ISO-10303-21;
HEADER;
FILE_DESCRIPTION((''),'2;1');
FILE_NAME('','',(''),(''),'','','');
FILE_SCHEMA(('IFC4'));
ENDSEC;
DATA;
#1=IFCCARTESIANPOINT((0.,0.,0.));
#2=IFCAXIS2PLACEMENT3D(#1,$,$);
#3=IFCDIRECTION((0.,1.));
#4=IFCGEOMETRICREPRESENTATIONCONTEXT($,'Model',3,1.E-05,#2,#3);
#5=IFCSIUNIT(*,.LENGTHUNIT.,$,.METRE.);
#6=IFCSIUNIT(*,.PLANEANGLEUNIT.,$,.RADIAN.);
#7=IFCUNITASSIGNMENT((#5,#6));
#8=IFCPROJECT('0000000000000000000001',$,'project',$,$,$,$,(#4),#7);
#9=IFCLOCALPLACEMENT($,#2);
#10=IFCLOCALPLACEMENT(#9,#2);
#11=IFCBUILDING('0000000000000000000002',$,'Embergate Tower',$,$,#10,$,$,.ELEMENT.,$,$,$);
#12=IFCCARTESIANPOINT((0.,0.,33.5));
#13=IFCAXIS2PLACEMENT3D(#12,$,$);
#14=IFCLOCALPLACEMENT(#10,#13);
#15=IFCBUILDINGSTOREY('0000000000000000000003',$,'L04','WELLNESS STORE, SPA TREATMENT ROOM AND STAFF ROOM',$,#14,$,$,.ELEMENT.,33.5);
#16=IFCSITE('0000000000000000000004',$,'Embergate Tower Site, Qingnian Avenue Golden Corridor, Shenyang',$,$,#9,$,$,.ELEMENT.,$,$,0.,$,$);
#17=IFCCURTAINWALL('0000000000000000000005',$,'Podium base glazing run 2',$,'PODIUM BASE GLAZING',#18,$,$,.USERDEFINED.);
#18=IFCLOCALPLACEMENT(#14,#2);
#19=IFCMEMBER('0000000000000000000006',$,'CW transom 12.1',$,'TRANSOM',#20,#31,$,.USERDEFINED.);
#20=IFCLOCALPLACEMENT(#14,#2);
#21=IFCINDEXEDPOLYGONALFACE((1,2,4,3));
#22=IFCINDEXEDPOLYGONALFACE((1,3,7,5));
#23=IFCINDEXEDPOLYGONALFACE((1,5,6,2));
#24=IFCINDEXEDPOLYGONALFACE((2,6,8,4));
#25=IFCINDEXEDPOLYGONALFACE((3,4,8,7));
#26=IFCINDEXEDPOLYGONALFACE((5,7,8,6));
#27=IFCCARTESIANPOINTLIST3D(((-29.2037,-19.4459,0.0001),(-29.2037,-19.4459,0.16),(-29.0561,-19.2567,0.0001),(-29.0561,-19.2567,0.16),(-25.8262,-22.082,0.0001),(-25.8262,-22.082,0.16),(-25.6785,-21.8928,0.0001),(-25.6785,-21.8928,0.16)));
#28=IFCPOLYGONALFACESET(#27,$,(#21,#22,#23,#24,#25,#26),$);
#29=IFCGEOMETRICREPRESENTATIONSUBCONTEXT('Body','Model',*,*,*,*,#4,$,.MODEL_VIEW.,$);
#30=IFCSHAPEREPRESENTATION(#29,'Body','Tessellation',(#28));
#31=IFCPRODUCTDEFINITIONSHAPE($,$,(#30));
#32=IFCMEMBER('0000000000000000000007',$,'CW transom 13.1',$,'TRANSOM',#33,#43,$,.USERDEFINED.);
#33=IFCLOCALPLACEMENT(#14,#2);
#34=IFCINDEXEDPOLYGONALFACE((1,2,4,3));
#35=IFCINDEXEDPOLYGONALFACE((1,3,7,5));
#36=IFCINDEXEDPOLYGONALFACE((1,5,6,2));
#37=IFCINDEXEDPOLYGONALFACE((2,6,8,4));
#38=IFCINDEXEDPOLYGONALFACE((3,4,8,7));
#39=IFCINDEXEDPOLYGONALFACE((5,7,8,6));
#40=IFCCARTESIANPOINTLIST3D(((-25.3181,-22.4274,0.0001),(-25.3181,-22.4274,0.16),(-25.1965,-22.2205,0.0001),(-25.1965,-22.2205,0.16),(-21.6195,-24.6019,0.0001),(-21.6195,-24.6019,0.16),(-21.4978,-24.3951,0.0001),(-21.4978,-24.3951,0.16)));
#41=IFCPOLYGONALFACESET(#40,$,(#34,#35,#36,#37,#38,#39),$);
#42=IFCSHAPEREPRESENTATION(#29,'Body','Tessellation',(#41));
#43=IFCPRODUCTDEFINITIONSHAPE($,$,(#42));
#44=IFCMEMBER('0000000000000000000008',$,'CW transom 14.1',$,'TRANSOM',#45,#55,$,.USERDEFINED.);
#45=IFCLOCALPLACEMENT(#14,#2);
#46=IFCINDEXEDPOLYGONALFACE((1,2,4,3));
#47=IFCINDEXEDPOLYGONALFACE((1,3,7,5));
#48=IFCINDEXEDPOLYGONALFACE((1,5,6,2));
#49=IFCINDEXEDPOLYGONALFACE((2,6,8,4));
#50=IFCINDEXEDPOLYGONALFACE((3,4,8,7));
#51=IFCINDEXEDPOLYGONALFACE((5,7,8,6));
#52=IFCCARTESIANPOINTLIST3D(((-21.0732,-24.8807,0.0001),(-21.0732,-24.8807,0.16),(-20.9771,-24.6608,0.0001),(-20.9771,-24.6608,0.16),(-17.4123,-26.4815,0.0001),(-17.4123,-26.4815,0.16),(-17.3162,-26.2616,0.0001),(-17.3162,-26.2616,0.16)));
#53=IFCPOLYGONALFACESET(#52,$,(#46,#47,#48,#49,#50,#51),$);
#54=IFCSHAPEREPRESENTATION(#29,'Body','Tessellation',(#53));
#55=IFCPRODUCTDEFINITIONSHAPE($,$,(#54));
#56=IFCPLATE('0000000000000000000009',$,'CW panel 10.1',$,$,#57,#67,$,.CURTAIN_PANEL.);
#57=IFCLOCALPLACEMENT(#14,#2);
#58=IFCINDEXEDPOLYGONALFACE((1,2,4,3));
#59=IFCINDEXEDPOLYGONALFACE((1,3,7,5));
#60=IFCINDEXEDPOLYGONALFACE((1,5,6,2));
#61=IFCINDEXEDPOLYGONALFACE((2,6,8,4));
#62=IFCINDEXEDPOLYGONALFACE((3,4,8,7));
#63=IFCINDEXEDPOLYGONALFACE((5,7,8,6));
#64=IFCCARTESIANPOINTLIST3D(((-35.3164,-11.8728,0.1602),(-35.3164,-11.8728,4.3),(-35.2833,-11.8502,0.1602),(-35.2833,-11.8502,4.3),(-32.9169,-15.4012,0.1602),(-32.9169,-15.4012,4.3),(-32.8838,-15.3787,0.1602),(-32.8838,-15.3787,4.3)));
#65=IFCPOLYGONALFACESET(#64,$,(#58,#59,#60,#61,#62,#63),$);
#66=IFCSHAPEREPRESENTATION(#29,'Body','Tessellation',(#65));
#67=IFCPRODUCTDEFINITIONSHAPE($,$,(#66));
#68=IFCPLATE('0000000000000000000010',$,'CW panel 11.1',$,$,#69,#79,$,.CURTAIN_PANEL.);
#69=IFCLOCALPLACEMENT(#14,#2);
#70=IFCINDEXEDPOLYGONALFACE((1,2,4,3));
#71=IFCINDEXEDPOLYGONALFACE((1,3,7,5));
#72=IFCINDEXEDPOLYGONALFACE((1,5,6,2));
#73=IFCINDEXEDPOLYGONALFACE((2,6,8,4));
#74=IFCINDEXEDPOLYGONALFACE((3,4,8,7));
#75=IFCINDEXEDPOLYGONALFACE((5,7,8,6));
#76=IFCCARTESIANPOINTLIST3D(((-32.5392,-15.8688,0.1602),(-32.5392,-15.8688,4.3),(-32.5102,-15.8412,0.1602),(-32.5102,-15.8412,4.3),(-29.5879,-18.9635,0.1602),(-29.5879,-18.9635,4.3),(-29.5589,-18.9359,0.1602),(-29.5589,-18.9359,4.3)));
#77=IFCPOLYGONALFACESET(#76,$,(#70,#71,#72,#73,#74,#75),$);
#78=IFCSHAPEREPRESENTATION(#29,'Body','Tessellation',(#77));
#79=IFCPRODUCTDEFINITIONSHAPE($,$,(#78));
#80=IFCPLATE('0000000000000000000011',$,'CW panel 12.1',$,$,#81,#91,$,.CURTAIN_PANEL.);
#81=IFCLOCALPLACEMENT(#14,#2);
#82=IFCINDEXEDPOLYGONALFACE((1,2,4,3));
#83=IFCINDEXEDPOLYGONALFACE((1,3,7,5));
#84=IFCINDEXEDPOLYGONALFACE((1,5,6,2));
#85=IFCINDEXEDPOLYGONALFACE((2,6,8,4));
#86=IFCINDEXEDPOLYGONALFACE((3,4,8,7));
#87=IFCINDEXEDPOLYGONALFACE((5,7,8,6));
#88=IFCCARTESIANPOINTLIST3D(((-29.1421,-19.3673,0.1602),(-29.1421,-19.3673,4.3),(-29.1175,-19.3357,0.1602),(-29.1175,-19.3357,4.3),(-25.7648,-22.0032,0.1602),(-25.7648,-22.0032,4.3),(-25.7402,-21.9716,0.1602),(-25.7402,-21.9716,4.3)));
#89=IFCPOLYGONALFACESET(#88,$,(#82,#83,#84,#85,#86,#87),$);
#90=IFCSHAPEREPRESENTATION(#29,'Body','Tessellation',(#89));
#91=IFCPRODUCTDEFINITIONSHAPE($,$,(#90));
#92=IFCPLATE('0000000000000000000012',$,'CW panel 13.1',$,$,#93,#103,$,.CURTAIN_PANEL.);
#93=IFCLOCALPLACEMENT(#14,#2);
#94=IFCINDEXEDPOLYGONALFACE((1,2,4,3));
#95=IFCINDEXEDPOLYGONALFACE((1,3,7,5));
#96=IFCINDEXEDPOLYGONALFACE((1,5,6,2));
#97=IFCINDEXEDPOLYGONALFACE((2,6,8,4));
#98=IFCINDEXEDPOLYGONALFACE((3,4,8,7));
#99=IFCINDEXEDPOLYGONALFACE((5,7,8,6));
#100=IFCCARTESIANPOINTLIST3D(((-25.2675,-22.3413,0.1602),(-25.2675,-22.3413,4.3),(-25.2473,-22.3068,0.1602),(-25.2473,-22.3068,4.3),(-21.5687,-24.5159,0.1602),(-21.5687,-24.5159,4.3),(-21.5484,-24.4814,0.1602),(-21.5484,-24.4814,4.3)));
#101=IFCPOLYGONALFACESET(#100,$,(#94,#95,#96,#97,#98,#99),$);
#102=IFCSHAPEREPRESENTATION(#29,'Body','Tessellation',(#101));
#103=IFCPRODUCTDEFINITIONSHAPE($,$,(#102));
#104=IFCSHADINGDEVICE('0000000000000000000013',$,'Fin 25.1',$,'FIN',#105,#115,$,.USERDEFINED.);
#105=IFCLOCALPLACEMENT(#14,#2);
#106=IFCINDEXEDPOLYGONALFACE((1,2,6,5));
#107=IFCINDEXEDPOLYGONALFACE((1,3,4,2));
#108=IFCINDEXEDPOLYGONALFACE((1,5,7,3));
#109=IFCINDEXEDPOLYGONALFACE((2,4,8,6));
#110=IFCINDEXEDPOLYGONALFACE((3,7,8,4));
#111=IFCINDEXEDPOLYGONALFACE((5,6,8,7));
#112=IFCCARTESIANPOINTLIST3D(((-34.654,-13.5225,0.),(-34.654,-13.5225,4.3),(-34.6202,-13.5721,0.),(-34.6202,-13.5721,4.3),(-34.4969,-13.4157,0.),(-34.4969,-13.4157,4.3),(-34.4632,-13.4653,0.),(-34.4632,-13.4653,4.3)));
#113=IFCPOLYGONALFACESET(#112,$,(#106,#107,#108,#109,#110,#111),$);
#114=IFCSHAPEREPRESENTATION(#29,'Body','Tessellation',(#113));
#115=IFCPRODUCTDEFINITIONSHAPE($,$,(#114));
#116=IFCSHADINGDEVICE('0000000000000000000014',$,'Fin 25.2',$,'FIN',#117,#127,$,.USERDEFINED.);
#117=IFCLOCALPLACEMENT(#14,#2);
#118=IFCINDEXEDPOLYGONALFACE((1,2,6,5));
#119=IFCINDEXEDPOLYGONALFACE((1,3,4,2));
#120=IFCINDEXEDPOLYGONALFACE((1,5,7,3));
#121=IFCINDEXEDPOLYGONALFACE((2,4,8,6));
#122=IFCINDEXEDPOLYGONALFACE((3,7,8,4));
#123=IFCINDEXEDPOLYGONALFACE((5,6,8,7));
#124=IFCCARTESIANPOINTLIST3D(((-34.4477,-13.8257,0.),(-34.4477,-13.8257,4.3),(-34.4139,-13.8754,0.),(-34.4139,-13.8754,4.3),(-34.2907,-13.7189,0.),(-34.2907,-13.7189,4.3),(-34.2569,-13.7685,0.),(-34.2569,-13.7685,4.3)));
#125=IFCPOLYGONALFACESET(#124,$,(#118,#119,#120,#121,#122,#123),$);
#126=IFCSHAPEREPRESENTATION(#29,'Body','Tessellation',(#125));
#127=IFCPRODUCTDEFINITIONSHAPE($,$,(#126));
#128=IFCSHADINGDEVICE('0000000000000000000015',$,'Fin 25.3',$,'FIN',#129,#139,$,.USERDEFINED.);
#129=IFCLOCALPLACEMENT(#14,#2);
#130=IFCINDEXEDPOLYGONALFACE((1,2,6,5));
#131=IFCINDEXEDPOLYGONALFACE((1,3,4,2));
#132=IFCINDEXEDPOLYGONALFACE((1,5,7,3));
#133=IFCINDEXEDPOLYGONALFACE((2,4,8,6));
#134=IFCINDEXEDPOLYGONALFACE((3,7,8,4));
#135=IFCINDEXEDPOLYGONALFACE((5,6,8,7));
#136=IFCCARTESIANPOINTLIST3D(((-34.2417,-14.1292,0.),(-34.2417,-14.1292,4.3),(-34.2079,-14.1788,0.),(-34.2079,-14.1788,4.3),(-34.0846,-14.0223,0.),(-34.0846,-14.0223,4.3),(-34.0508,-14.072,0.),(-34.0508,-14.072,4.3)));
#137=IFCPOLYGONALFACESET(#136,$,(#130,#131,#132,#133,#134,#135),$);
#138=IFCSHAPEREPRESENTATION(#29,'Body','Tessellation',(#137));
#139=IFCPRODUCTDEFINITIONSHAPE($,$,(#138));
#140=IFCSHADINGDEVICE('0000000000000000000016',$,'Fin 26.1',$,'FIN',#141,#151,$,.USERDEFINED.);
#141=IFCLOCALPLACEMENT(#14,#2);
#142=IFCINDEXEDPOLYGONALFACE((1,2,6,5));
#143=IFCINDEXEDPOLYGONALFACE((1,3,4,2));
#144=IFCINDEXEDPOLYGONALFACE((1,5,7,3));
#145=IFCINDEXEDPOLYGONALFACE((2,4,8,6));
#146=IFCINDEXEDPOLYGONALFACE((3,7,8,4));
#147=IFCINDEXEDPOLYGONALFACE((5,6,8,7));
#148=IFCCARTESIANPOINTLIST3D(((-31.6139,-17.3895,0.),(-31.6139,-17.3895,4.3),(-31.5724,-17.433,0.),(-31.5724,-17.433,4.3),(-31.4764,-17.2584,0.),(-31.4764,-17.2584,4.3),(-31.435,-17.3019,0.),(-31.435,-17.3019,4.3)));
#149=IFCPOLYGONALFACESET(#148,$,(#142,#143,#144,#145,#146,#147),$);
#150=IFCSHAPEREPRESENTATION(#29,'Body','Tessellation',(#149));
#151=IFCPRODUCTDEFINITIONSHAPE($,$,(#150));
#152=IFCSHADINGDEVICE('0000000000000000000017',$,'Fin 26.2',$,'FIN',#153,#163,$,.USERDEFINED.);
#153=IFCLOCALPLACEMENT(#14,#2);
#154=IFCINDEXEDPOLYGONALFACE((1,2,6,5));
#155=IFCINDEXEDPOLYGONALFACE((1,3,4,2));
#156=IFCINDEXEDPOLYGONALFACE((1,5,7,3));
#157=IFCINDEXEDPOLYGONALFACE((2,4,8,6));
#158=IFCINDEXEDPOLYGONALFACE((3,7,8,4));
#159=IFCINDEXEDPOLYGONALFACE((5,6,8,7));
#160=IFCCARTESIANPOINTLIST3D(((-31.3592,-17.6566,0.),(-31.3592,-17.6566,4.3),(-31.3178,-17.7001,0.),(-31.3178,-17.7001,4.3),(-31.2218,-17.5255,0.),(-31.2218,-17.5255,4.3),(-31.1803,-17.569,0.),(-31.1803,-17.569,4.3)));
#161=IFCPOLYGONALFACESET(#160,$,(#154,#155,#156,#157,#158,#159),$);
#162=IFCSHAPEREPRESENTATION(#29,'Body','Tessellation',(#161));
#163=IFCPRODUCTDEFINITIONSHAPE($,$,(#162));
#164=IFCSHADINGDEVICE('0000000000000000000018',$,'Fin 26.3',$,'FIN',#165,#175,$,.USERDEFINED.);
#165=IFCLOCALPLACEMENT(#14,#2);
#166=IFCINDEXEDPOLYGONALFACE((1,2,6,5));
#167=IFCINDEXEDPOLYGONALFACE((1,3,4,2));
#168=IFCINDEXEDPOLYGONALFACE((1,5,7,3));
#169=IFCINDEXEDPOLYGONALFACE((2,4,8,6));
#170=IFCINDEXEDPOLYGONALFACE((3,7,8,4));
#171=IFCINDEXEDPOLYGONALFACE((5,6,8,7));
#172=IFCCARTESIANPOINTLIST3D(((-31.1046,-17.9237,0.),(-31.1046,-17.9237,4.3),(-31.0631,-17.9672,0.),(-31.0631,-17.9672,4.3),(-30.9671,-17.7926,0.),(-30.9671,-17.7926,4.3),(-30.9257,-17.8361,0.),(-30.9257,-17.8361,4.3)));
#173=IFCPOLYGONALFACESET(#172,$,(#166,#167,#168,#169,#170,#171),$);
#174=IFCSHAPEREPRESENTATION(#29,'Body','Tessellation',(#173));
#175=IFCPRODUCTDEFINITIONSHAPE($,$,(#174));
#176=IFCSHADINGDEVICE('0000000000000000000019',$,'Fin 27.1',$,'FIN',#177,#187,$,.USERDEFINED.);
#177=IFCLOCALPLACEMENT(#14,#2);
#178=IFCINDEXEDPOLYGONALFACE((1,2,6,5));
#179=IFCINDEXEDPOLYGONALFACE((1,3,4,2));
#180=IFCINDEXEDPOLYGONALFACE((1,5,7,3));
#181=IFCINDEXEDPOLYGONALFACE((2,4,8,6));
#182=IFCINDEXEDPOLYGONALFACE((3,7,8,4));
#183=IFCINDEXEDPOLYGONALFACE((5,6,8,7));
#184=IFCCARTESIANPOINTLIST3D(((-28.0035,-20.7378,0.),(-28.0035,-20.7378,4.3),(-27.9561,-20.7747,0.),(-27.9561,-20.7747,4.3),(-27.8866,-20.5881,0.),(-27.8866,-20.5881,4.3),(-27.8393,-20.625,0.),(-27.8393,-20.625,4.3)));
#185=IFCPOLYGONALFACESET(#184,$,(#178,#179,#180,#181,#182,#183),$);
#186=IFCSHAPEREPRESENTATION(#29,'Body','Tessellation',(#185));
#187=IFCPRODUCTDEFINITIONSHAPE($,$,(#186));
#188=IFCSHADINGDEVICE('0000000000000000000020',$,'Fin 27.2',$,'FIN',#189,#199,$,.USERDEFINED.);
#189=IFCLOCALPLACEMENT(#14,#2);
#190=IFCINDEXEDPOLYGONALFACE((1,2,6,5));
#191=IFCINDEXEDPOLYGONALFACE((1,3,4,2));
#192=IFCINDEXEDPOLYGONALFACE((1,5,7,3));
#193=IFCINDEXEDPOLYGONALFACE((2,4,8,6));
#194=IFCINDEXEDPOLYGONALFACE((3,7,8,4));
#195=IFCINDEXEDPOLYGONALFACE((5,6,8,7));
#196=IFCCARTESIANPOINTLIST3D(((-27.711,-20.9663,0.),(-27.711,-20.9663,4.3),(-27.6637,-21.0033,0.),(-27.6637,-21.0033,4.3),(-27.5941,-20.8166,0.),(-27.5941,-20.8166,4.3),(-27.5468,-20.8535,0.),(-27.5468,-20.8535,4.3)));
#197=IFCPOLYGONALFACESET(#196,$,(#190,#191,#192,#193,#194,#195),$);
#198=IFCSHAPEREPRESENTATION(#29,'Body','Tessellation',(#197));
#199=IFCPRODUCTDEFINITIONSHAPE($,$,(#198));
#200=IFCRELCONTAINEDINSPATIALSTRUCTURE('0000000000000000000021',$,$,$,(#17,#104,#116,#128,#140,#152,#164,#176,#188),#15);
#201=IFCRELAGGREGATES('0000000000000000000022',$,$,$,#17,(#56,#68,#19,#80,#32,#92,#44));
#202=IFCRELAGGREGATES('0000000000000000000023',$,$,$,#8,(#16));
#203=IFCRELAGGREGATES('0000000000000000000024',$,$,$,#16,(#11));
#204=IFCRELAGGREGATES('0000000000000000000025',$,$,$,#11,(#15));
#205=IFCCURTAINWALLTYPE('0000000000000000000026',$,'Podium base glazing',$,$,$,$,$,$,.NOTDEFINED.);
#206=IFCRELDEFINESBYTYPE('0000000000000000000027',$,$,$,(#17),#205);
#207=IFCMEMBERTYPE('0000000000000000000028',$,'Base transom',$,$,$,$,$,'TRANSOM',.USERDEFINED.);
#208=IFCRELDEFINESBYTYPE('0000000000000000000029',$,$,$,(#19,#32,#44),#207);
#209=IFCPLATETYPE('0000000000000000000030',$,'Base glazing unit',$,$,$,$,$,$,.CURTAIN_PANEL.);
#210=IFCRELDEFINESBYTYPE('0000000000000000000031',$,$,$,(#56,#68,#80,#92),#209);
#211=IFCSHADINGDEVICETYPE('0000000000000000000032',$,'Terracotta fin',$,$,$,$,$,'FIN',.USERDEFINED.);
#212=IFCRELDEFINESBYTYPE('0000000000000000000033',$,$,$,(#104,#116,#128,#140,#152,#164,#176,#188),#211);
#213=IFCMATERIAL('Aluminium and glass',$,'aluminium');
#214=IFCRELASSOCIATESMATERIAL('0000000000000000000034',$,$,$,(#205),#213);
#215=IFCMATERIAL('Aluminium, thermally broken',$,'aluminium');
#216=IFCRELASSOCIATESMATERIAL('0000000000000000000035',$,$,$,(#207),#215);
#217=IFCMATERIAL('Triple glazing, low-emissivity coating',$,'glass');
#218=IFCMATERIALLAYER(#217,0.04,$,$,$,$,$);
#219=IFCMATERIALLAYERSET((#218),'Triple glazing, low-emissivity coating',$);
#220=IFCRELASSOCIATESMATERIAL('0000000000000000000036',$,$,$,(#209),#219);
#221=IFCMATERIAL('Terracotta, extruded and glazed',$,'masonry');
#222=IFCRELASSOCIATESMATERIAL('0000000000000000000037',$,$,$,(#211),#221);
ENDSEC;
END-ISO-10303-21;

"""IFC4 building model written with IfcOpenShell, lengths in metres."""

from ifc_helpers import new_model, si_unit, direction, frame, origin, origin_2d, place, context, subcontext, project, spatial, rectangle, extrude, source, transform, mapped, material, layer, layer_set, material_profile, profile_set, type_object, element, aggregate, save


model = new_model("IFC4")

# Units and contexts
model_context = context("Model", 3, precision=1e-05, world=origin(), true_north=direction((0.0, 1.0)))
body_context = subcontext(model_context, "Body", "Model", "MODEL_VIEW")
ifc_project = project(units=[si_unit("LENGTHUNIT", "METRE"), si_unit("PLANEANGLEUNIT", "RADIAN")], contexts=[model_context])

# Site, building, storey
site_placement = place(None, origin())
site = spatial("IfcSite", under=ifc_project, at=site_placement, Name="Embergate Tower Site, Qingnian Avenue Golden Corridor, Shenyang", CompositionType="ELEMENT", RefElevation=0.0)
building_placement = place(site_placement, origin())
building = spatial("IfcBuilding", under=site, at=building_placement, Name="Embergate Tower", CompositionType="ELEMENT")
storey_placement = place(building_placement, frame((0.0, 0.0, 33.5)))
storey = spatial("IfcBuildingStorey", under=building, at=storey_placement, Name="L04", Description="WELLNESS STORE, SPA TREATMENT ROOM AND STAFF ROOM", CompositionType="ELEMENT", Elevation=33.5)

# Curtain wall, members, plates
ifc_material_1 = material(Name="Aluminium and glass", Category="aluminium")
curtain_wall_type = type_object("IfcCurtainWallType", Name="Podium base glazing", PredefinedType="NOTDEFINED", material=ifc_material_1)
curtain_wall_placement = place(storey_placement, origin())
curtain_wall = element("IfcCurtainWall", 1, at=curtain_wall_placement, inside=storey, type_object=curtain_wall_type, Name="Podium base glazing run 2", ObjectType="PODIUM BASE GLAZING", PredefinedType="USERDEFINED")
ifc_material_2 = material(Name="Aluminium, thermally broken", Category="aluminium")
ifc_material_profile_1 = material_profile(ifc_material_2, rectangle(XDim=0.24, YDim=0.1599, at=origin_2d()), Name="AL 160x240")
ifc_profile_set_1 = profile_set([ifc_material_profile_1], Name="Aluminium, thermally broken")
member_type_1 = type_object("IfcMemberType", Name="Base transom", ElementType="TRANSOM", PredefinedType="USERDEFINED", material=ifc_profile_set_1)
shared_shape_1 = source(origin(), body_context, "Body", "SweptSolid", [
    extrude(rectangle(XDim=0.24, YDim=0.1599, at=origin_2d()), origin(), (0.0, 0.0, 1.0), 4.2844),
])
member_1_placement = place(storey_placement, frame((-29.1299, -19.3513, 0.0801), z_axis=(0.788323, -0.615261, 0.0), x_axis=(0.615261, 0.788323, 0.0)))
member_1 = element("IfcMember", 2, at=member_1_placement, type_object=member_type_1, Name="CW transom 12.1", ObjectType="TRANSOM", PredefinedType="USERDEFINED", context=body_context, shape_type="MappedRepresentation", body=[
    mapped(shared_shape_1, transform((0.0, 0.0, 0.0))),
])
shared_shape_2 = source(origin(), body_context, "Body", "SweptSolid", [
    extrude(rectangle(XDim=0.24, YDim=0.1599, at=origin_2d()), origin(), (0.0, 0.0, 1.0), 4.2905),
])
member_2_placement = place(storey_placement, frame((-25.2573, -22.324, 0.0801), z_axis=(0.862053, -0.506819, 0.0), x_axis=(0.506819, 0.862053, 0.0)))
member_2 = element("IfcMember", 3, at=member_2_placement, type_object=member_type_1, Name="CW transom 13.1", ObjectType="TRANSOM", PredefinedType="USERDEFINED", context=body_context, shape_type="MappedRepresentation", body=[
    mapped(shared_shape_2, transform((0.0, 0.0, 0.0))),
])
shared_shape_3 = source(origin(), body_context, "Body", "SweptSolid", [
    extrude(rectangle(XDim=0.24, YDim=0.1599, at=origin_2d()), origin(), (0.0, 0.0, 1.0), 3.9956),
])
member_3_placement = place(storey_placement, frame((-21.0251, -24.7708, 0.0801), z_axis=(0.916232, -0.400649, 0.0), x_axis=(0.400649, 0.916232, 0.0)))
member_3 = element("IfcMember", 4, at=member_3_placement, type_object=member_type_1, Name="CW transom 14.1", ObjectType="TRANSOM", PredefinedType="USERDEFINED", context=body_context, shape_type="MappedRepresentation", body=[
    mapped(shared_shape_3, transform((0.0, 0.0, 0.0))),
])
ifc_material_3 = material(Name="Triple glazing, low-emissivity coating", Category="glass")
ifc_layer = layer(ifc_material_3, 0.04)
ifc_layer_set = layer_set([ifc_layer], Name="Triple glazing, low-emissivity coating")
plate_type = type_object("IfcPlateType", Name="Base glazing unit", PredefinedType="CURTAIN_PANEL", material=ifc_layer_set)
shared_shape_4 = source(origin(), body_context, "Body", "SweptSolid", [
    extrude(rectangle(XDim=4.2671, YDim=0.04, at=origin_2d()), origin(), (0.0, 0.0, 1.0), 4.1399),
])
plate_1_placement = place(storey_placement, frame((-34.1001, -13.6257, 0.1602), z_axis=(0.0, 0.0, 1.0), x_axis=(0.562346, -0.826902, 0.0)))
plate_1 = element("IfcPlate", 5, at=plate_1_placement, type_object=plate_type, Name="CW panel 10.1", PredefinedType="CURTAIN_PANEL", context=body_context, shape_type="MappedRepresentation", body=[
    mapped(shared_shape_4, transform((0.0, 0.0, 0.0))),
])
shared_shape_5 = source(origin(), body_context, "Body", "SweptSolid", [
    extrude(rectangle(XDim=4.2764, YDim=0.04, at=origin_2d()), origin(), (0.0, 0.0, 1.0), 4.1399),
])
plate_2_placement = place(storey_placement, frame((-31.0491, -17.4023, 0.1602), z_axis=(0.0, 0.0, 1.0), x_axis=(0.690138, -0.723678, 0.0)))
plate_2 = element("IfcPlate", 6, at=plate_2_placement, type_object=plate_type, Name="CW panel 11.1", PredefinedType="CURTAIN_PANEL", context=body_context, shape_type="MappedRepresentation", body=[
    mapped(shared_shape_5, transform((0.0, 0.0, 0.0))),
])
shared_shape_6 = source(origin(), body_context, "Body", "SweptSolid", [
    extrude(rectangle(XDim=4.2842, YDim=0.04, at=origin_2d()), origin(), (0.0, 0.0, 1.0), 4.1399),
])
plate_3_placement = place(storey_placement, frame((-27.4412, -20.6694, 0.1602), z_axis=(0.0, 0.0, 1.0), x_axis=(0.788322, -0.615263, 0.0)))
plate_3 = element("IfcPlate", 7, at=plate_3_placement, type_object=plate_type, Name="CW panel 12.1", PredefinedType="CURTAIN_PANEL", context=body_context, shape_type="MappedRepresentation", body=[
    mapped(shared_shape_6, transform((0.0, 0.0, 0.0))),
])
shared_shape_7 = source(origin(), body_context, "Body", "SweptSolid", [
    extrude(rectangle(XDim=4.2908, YDim=0.04, at=origin_2d()), origin(), (0.0, 0.0, 1.0), 4.1399),
])
plate_4_placement = place(storey_placement, frame((-23.408, -23.4114, 0.1602), z_axis=(0.0, 0.0, 1.0), x_axis=(0.862055, -0.506815, 0.0)))
plate_4 = element("IfcPlate", 8, at=plate_4_placement, type_object=plate_type, Name="CW panel 13.1", PredefinedType="CURTAIN_PANEL", context=body_context, shape_type="MappedRepresentation", body=[
    mapped(shared_shape_7, transform((0.0, 0.0, 0.0))),
])
aggregate(curtain_wall, [plate_1, plate_2, member_1, plate_3, member_2, plate_4, member_3])

# Shading devices
ifc_material_4 = material(Name="Terracotta, extruded and glazed", Category="masonry")
ifc_material_profile_2 = material_profile(ifc_material_4, rectangle(XDim=0.1899, YDim=0.0601, at=origin_2d()), Name="TC 190x60")
ifc_profile_set_2 = profile_set([ifc_material_profile_2], Name="Terracotta, extruded and glazed")
shading_device_type = type_object("IfcShadingDeviceType", Name="Terracotta fin", ElementType="FIN", PredefinedType="USERDEFINED", material=ifc_profile_set_2)
shared_shape_8 = source(origin(), body_context, "Body", "SweptSolid", [
    extrude(rectangle(XDim=0.1899, YDim=0.0601, at=origin_2d()), origin(), (0.0, 0.0, 1.0), 4.3),
])
for number, where, z_axis, x_axis, name in (
    (9, (-34.5586, -13.4939, 0.0), (0.0, 0.0, 1.0), (0.826902, 0.562346, 0.0), "Fin 25.1"),
    (10, (-34.3523, -13.7971, 0.0), (0.0, 0.0, 1.0), (0.826902, 0.562346, 0.0), "Fin 25.2"),
    (11, (-34.1462, -14.1006, 0.0), (0.0, 0.0, 1.0), (0.826902, 0.562346, 0.0), "Fin 25.3"),
    (12, (-31.5244, -17.3457, 0.0), (0.0, 0.0, 1.0), (0.723678, 0.690138, 0.0), "Fin 26.1"),
    (13, (-31.2698, -17.6128, 0.0), (0.0, 0.0, 1.0), (0.723678, 0.690138, 0.0), "Fin 26.2"),
    (14, (-31.0151, -17.8799, 0.0), (0.0, 0.0, 1.0), (0.723678, 0.690138, 0.0), "Fin 26.3"),
    (15, (-27.9214, -20.6814, 0.0), (0.0, 0.0, 1.0), (0.615263, 0.788322, 0.0), "Fin 27.1"),
    (16, (-27.6289, -20.9099, 0.0), (0.0, 0.0, 1.0), (0.615263, 0.788322, 0.0), "Fin 27.2"),
):
    element("IfcShadingDevice", number, at=place(storey_placement, frame(where, z_axis=z_axis, x_axis=x_axis)), inside=storey, type_object=shading_device_type, Name=name, ObjectType="FIN", PredefinedType="USERDEFINED", context=body_context, shape_type="MappedRepresentation", body=[
        mapped(shared_shape_8, transform((0.0, 0.0, 0.0))),
    ])

save(model, "model.ifc")
